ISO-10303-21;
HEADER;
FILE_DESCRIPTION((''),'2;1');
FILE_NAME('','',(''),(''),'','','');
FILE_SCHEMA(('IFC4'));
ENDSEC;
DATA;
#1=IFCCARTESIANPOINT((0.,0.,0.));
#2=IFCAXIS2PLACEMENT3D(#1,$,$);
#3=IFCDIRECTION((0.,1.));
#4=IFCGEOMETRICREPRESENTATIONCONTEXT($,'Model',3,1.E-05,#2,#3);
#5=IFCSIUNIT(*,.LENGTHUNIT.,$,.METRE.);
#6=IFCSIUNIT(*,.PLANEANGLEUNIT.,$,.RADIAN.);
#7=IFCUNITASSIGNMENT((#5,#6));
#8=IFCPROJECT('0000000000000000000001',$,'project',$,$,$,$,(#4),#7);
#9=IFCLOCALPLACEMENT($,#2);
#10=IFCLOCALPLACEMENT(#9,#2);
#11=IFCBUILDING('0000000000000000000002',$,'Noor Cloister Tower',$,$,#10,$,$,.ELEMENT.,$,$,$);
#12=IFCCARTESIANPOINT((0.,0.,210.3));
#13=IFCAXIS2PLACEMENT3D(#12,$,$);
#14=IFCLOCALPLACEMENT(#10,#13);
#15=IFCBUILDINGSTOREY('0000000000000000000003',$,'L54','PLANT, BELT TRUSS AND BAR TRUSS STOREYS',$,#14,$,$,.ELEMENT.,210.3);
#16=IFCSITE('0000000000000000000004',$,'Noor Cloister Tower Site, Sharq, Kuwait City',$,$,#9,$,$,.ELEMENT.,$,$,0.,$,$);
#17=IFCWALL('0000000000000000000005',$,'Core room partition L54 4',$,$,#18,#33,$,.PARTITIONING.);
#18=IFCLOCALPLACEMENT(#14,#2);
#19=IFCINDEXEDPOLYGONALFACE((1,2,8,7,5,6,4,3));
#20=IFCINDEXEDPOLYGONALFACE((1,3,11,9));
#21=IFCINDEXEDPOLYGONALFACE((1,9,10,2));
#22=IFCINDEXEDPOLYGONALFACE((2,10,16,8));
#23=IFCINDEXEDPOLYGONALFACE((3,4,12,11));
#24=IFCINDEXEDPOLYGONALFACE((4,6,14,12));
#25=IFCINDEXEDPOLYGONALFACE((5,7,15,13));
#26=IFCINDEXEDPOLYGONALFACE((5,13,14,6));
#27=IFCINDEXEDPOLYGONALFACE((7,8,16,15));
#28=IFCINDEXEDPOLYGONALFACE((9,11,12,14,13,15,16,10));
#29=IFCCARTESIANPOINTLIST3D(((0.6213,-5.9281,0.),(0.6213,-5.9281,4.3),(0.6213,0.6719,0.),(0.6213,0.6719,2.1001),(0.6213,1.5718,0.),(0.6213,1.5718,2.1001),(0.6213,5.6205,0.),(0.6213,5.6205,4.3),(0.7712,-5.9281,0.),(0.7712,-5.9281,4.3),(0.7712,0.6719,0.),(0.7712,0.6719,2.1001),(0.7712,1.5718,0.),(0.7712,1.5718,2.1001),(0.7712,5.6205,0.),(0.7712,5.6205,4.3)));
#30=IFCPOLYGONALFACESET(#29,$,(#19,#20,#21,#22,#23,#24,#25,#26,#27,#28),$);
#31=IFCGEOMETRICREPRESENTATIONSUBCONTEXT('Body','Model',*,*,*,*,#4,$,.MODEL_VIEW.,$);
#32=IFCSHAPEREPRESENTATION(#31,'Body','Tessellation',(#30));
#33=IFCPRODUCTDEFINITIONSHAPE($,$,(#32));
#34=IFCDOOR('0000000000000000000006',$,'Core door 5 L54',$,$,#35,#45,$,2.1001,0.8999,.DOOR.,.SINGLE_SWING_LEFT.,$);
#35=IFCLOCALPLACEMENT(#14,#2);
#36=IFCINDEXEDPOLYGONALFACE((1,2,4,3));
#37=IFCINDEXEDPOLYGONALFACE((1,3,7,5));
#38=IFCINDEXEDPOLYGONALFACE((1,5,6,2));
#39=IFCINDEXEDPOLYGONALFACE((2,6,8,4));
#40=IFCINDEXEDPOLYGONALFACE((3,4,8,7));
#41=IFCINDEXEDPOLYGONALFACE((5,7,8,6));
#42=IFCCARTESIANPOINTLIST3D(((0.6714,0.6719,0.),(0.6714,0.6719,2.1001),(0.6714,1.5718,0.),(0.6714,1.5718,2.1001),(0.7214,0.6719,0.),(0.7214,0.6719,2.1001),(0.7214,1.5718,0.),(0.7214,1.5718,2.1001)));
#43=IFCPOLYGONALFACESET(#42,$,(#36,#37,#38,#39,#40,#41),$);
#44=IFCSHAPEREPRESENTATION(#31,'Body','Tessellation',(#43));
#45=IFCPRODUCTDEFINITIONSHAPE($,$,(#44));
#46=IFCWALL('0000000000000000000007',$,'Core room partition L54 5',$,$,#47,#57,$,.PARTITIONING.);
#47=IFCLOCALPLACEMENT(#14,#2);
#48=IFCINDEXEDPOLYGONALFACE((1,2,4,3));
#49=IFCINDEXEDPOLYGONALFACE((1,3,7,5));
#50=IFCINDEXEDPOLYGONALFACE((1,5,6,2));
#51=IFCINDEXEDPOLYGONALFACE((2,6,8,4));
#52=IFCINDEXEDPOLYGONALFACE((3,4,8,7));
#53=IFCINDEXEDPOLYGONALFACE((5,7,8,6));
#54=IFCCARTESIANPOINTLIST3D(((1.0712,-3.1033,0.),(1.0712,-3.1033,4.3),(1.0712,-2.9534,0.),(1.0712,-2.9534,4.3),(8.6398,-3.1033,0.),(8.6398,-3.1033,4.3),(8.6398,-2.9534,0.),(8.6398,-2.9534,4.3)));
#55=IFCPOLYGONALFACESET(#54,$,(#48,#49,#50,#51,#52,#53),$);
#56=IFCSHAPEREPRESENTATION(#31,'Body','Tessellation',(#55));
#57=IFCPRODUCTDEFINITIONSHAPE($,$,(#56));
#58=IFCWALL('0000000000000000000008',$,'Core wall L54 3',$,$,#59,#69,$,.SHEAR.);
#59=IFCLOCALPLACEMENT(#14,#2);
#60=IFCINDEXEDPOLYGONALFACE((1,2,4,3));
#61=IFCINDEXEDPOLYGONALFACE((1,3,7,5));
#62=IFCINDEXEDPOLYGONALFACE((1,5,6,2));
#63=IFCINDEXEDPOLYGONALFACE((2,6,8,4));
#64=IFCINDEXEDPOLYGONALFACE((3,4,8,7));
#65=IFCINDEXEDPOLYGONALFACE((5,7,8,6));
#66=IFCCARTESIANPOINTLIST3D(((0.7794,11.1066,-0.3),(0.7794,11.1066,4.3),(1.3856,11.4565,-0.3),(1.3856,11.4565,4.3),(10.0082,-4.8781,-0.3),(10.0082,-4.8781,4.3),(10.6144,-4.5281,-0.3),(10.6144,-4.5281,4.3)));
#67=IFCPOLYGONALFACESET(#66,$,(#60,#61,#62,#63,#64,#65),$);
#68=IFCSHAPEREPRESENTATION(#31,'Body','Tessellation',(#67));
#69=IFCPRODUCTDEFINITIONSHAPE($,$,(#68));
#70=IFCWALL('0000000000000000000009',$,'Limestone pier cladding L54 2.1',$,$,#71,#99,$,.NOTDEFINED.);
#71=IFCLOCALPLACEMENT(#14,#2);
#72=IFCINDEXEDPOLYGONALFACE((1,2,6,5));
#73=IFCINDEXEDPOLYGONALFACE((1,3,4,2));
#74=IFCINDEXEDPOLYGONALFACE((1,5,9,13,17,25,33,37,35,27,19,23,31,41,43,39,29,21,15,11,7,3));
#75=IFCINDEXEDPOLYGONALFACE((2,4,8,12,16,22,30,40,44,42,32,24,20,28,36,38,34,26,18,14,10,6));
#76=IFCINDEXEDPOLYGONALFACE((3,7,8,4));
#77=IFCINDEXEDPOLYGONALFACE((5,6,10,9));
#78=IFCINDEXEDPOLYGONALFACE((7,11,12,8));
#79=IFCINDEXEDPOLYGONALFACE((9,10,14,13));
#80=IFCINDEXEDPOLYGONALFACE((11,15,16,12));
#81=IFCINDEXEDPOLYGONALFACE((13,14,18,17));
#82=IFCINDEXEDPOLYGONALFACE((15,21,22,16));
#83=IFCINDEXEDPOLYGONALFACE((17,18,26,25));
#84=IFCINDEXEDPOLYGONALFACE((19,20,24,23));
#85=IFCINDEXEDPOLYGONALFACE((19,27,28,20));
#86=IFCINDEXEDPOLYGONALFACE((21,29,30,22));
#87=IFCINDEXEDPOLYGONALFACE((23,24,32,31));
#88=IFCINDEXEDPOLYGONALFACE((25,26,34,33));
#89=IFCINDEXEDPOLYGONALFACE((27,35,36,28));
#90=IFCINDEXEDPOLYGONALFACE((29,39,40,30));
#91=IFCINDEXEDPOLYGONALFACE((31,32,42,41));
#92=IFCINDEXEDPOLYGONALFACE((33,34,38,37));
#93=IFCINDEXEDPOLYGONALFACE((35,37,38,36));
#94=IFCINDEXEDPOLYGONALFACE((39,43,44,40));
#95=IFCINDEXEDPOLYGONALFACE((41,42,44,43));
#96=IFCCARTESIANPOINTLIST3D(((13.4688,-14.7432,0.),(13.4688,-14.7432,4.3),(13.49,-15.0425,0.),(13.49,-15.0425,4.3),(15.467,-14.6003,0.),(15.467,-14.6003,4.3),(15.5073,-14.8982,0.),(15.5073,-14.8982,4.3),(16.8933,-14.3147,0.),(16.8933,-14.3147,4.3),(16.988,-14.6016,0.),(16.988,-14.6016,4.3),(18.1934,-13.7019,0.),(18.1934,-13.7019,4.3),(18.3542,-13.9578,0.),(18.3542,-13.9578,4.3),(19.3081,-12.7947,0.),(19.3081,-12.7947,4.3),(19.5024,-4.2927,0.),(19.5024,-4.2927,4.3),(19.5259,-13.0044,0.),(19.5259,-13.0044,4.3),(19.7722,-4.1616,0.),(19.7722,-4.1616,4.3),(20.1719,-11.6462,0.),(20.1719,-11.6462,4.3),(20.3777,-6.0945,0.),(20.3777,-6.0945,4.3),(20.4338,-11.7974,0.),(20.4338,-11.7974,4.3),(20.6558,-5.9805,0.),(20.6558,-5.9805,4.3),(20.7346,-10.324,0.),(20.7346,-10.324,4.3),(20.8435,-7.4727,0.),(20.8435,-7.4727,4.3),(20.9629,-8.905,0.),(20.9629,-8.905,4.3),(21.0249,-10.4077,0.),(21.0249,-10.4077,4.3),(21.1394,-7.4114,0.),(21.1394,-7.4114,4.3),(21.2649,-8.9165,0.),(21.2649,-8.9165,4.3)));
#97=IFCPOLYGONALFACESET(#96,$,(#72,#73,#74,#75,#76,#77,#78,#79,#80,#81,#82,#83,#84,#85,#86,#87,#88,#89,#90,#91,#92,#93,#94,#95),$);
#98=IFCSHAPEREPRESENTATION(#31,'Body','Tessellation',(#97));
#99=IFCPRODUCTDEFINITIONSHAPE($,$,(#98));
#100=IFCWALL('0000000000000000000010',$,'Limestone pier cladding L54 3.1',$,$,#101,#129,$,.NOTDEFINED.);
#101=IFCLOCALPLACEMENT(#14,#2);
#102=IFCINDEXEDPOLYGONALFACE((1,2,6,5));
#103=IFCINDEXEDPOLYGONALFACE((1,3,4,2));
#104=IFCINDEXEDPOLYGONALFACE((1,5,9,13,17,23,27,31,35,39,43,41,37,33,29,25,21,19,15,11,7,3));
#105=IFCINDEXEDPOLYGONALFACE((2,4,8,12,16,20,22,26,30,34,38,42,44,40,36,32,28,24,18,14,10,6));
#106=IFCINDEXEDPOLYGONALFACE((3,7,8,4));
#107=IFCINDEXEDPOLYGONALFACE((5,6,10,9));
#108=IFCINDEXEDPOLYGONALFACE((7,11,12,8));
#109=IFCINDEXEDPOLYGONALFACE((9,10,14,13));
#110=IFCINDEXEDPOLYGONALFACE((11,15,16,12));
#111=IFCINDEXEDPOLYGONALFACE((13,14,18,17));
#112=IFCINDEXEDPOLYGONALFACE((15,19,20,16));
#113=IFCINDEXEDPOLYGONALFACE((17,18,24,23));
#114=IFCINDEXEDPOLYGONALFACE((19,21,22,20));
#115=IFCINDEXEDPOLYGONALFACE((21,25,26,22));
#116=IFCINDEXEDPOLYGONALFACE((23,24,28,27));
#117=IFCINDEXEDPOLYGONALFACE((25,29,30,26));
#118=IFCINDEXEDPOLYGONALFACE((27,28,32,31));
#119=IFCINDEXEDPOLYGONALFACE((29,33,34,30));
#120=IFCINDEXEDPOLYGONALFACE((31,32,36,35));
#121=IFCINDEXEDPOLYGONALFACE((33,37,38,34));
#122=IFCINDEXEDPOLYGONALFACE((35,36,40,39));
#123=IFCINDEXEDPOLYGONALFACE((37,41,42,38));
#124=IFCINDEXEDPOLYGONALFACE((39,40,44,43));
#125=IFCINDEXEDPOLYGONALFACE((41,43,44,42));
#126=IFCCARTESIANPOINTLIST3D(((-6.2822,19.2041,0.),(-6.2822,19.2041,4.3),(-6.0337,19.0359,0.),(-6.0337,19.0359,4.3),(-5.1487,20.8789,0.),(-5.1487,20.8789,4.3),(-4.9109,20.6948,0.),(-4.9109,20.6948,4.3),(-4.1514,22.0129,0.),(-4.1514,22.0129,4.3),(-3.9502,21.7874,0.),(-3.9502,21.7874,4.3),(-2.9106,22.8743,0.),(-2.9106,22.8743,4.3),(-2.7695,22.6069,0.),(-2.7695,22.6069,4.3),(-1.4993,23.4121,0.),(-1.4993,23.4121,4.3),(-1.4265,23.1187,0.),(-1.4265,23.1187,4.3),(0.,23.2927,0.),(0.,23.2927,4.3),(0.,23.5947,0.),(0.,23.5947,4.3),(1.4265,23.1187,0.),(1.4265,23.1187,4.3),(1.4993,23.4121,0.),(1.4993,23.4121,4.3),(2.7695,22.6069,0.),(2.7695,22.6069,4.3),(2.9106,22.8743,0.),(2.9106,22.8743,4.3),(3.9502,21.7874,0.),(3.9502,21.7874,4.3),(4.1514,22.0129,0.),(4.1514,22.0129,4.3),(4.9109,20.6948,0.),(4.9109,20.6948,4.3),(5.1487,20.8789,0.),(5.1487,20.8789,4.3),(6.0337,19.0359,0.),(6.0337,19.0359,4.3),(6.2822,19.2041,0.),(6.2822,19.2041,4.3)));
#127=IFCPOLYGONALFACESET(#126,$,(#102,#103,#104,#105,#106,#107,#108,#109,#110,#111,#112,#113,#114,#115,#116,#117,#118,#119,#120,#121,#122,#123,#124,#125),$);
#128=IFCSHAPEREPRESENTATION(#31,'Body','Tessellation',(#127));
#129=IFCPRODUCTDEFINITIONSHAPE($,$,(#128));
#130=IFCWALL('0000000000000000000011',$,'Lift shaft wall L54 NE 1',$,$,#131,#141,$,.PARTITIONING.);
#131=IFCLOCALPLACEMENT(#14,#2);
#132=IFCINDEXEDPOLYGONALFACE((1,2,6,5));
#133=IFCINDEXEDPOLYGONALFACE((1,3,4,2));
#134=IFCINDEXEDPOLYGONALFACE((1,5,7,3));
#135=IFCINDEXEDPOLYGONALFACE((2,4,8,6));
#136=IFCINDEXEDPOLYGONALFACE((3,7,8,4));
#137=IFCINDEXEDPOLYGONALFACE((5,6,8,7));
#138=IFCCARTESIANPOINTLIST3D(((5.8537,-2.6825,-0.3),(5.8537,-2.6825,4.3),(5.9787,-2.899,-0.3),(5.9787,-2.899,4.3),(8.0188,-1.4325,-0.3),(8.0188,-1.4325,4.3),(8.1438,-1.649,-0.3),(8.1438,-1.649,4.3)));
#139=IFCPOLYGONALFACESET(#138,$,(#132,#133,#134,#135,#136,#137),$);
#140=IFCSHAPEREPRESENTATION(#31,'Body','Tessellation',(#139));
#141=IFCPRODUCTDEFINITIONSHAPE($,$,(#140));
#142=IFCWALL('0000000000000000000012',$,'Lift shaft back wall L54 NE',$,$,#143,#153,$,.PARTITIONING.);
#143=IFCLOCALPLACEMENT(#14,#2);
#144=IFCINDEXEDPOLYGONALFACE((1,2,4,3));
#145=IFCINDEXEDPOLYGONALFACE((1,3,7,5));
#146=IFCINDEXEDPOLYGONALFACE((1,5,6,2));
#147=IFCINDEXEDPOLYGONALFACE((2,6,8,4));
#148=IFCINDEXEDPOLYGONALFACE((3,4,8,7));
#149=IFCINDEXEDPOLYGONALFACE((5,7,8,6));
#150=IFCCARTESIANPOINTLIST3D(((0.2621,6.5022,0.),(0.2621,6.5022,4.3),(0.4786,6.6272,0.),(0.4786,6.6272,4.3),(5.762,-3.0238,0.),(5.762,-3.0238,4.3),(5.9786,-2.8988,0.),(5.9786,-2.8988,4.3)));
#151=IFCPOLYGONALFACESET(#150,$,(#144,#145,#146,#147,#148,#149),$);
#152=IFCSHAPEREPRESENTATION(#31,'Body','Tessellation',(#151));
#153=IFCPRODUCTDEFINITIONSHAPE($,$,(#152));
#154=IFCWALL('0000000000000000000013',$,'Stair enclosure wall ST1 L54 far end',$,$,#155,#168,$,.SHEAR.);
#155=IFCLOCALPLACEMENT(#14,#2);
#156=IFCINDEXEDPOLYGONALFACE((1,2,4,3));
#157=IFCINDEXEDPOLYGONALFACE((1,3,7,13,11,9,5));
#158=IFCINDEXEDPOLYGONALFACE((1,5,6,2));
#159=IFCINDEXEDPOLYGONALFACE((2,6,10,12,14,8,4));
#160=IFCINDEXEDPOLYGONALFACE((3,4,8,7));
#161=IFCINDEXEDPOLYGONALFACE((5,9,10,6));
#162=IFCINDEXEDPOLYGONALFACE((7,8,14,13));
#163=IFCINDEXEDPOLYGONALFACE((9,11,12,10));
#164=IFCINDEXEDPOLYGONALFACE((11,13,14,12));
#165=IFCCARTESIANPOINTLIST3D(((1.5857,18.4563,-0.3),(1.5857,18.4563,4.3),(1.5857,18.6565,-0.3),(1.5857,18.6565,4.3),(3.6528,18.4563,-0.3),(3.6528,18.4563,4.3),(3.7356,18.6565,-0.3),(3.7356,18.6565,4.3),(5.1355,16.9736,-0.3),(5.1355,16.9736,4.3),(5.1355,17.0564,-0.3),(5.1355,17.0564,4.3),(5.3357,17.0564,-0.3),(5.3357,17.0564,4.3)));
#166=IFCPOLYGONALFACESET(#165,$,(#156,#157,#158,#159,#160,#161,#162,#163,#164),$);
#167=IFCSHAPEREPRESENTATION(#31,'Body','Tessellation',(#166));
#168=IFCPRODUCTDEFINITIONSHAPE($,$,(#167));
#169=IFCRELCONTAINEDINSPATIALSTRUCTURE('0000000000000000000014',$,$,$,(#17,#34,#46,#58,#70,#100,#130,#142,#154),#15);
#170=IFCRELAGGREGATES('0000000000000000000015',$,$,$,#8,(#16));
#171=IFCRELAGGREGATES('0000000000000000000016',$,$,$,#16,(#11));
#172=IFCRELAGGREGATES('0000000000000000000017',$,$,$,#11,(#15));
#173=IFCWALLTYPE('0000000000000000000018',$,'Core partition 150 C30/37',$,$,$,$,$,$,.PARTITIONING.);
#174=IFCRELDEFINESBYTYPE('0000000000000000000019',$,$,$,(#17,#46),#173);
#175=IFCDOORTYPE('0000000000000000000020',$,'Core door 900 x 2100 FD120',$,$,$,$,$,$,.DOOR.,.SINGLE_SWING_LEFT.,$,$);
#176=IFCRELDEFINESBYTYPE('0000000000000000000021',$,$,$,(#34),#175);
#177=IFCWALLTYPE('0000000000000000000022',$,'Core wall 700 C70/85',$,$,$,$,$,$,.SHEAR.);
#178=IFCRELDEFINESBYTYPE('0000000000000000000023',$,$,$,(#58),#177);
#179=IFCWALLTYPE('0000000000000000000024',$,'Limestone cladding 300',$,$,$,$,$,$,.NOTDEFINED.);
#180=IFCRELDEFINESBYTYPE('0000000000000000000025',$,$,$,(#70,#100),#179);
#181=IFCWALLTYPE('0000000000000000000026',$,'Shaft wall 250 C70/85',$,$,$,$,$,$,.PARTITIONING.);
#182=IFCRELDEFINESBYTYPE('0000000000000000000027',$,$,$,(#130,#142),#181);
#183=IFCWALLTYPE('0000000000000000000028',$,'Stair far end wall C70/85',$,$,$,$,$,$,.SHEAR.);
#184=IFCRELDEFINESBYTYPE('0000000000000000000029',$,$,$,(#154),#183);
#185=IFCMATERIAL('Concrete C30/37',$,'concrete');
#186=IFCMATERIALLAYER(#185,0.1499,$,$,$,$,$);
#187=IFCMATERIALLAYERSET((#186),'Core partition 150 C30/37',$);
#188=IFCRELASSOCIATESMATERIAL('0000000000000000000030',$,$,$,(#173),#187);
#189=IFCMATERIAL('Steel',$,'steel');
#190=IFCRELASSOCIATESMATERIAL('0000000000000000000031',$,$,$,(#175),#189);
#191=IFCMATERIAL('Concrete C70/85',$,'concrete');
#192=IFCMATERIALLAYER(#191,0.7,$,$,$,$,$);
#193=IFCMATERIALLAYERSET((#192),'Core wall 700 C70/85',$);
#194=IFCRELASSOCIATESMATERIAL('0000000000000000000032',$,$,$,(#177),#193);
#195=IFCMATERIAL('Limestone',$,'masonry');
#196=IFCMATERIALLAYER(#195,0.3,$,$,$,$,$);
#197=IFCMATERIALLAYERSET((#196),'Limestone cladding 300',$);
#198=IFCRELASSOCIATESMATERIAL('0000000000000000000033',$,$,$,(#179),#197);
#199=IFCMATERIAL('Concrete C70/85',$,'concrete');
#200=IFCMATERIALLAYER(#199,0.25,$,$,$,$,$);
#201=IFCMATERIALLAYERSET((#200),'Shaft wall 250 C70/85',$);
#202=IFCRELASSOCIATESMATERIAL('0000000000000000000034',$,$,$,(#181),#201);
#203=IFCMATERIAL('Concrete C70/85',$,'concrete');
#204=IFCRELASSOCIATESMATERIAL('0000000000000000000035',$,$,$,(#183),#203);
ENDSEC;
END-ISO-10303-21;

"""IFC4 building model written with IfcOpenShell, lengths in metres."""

from ifc_helpers import new_model, si_unit, direction, frame, frame_2d, origin, place, context, subcontext, project, spatial, polyline, rectangle, outline, extrude, material, layer, layer_set, type_object, element, fill, save


model = new_model("IFC4")

# Units and contexts
model_context = context("Model", 3, precision=1e-05, world=origin(), true_north=direction((0.0, 1.0)))
body_context = subcontext(model_context, "Body", "Model", "MODEL_VIEW")
ifc_project = project(units=[si_unit("LENGTHUNIT", "METRE"), si_unit("PLANEANGLEUNIT", "RADIAN")], contexts=[model_context])

# Site, building, storey
site_placement = place(None, origin())
site = spatial("IfcSite", under=ifc_project, at=site_placement, Name="Noor Cloister Tower Site, Sharq, Kuwait City", CompositionType="ELEMENT", RefElevation=0.0)
building_placement = place(site_placement, origin())
building = spatial("IfcBuilding", under=site, at=building_placement, Name="Noor Cloister Tower", CompositionType="ELEMENT")
storey_placement = place(building_placement, frame((0.0, 0.0, 210.3)))
storey = spatial("IfcBuildingStorey", under=building, at=storey_placement, Name="L54", Description="PLANT, BELT TRUSS AND BAR TRUSS STOREYS", CompositionType="ELEMENT", Elevation=210.3)

# Wall, opening, door
ifc_material_1 = material(Name="Concrete C30/37", Category="concrete")
ifc_layer_1 = layer(ifc_material_1, 0.1499)
ifc_layer_set_1 = layer_set([ifc_layer_1], Name="Core partition 150 C30/37")
wall_type_1 = type_object("IfcWallType", Name="Core partition 150 C30/37", PredefinedType="PARTITIONING", material=ifc_layer_set_1)
wall_1_placement = place(storey_placement, frame((0.6963, -5.9282, 0.0), z_axis=(0.0, 0.0, 1.0), x_axis=(0.0, 1.0, 0.0)))
wall_1 = element("IfcWall", 1, at=wall_1_placement, inside=storey, type_object=wall_type_1, Name="Core room partition L54 4", PredefinedType="PARTITIONING", context=body_context, shape_type="SweptSolid", body=[
    extrude(rectangle(XDim=11.5486, YDim=0.1499, at=frame_2d((5.7744, 0.0))), origin(), (0.0, 0.0, 1.0), 4.3),
])
opening_placement = place(wall_1_placement, frame((6.6001, 0.0, 0.0)))
opening = element("IfcOpeningElement", 2, at=opening_placement, cuts=wall_1, PredefinedType="OPENING", context=body_context, shape_type="SweptSolid", body=[
    extrude(rectangle(XDim=0.8999, YDim=2.1001, at=frame_2d((0.45, 1.05))), frame((0.0, 0.085, 0.0), z_axis=(0.0, -1.0, 0.0), x_axis=(1.0, 0.0, 0.0)), (0.0, 0.0, 1.0), 0.1699),
])
ifc_material_2 = material(Name="Steel", Category="steel")
door_type = type_object("IfcDoorType", Name="Core door 900 x 2100 FD120", OperationType="SINGLE_SWING_LEFT", PredefinedType="DOOR", material=ifc_material_2)
door_placement = place(opening_placement, origin())
door = element("IfcDoor", 3, at=door_placement, inside=storey, type_object=door_type, Name="Core door 5 L54", OperationType="SINGLE_SWING_LEFT", OverallHeight=2.1001, OverallWidth=0.8999, PredefinedType="DOOR", context=body_context, shape_type="SweptSolid", body=[
    extrude(rectangle(XDim=0.8999, YDim=2.1001, at=frame_2d((0.45, 1.05))), frame((0.0, 0.0249, 0.0), z_axis=(0.0, -1.0, 0.0), x_axis=(1.0, 0.0, 0.0)), (0.0, 0.0, 1.0), 0.05),
])
fill(opening, door)

# Walls
wall_2_placement = place(storey_placement, frame((1.0713, -3.0283, 0.0), z_axis=(0.0, 0.0, 1.0), x_axis=(1.0, 0.0, 0.0)))
element("IfcWall", 4, at=wall_2_placement, inside=storey, type_object=wall_type_1, Name="Core room partition L54 5", PredefinedType="PARTITIONING", context=body_context, shape_type="SweptSolid", body=[
    extrude(rectangle(XDim=7.5686, YDim=0.1499, at=frame_2d((3.7842, 0.0))), origin(), (0.0, 0.0, 1.0), 4.3),
])
ifc_material_3 = material(Name="Concrete C70/85", Category="concrete")
ifc_layer_2 = layer(ifc_material_3, 0.7)
ifc_layer_set_2 = layer_set([ifc_layer_2], Name="Core wall 700 C70/85")
wall_type_2 = type_object("IfcWallType", Name="Core wall 700 C70/85", PredefinedType="SHEAR", material=ifc_layer_set_2)
wall_3_placement = place(storey_placement, frame((10.3113, -4.7031, -0.3), z_axis=(0.0, 0.0, 1.0), x_axis=(-0.500001, 0.866025, 0.0)))
element("IfcWall", 5, at=wall_3_placement, inside=storey, type_object=wall_type_2, Name="Core wall L54 3", PredefinedType="SHEAR", context=body_context, shape_type="SweptSolid", body=[
    extrude(rectangle(XDim=18.4575, YDim=0.7, at=frame_2d((9.2288, 0.0))), origin(), (0.0, 0.0, 1.0), 4.6001),
])
ifc_material_4 = material(Name="Limestone", Category="masonry")
ifc_layer_3 = layer(ifc_material_4, 0.3)
ifc_layer_set_3 = layer_set([ifc_layer_3], Name="Limestone cladding 300")
wall_type_3 = type_object("IfcWallType", Name="Limestone cladding 300", PredefinedType="NOTDEFINED", material=ifc_layer_set_3)
wall_4_placement = place(storey_placement, origin())
element("IfcWall", 6, at=wall_4_placement, inside=storey, type_object=wall_type_3, Name="Limestone pier cladding L54 2.1", PredefinedType="NOTDEFINED", context=body_context, shape_type="SweptSolid", body=[
    extrude(outline(polyline([(13.49, -15.0425), (15.5073, -14.8982), (16.988, -14.6016), (18.3542, -13.9578), (19.5259, -13.0044), (20.4338, -11.7974), (21.0249, -10.4077), (21.2649, -8.9165), (21.1394, -7.4114), (20.6558, -5.9805), (19.7722, -4.1616), (19.5024, -4.2927), (20.3777, -6.0945), (20.8435, -7.4727), (20.9629, -8.905), (20.7346, -10.324), (20.1719, -11.6462), (19.3081, -12.7947), (18.1934, -13.7019), (16.8933, -14.3147), (15.467, -14.6003), (13.4688, -14.7432), (13.49, -15.0425)])), origin(), (0.0, 0.0, 1.0), 4.3),
])
wall_5_placement = place(storey_placement, origin())
element("IfcWall", 7, at=wall_5_placement, inside=storey, type_object=wall_type_3, Name="Limestone pier cladding L54 3.1", PredefinedType="NOTDEFINED", context=body_context, shape_type="SweptSolid", body=[
    extrude(outline(polyline([(6.2822, 19.2041), (5.1487, 20.8789), (4.1514, 22.0129), (2.9106, 22.8743), (1.4993, 23.4121), (0.0, 23.5947), (-1.4993, 23.4121), (-2.9106, 22.8743), (-4.1514, 22.0129), (-5.1487, 20.8789), (-6.2822, 19.2041), (-6.0337, 19.0359), (-4.9109, 20.6948), (-3.9502, 21.7874), (-2.7695, 22.6069), (-1.4265, 23.1187), (0.0, 23.2927), (1.4265, 23.1187), (2.7695, 22.6069), (3.9502, 21.7874), (4.9109, 20.6948), (6.0337, 19.0359), (6.2822, 19.2041)])), origin(), (0.0, 0.0, 1.0), 4.3),
])
ifc_material_5 = material(Name="Concrete C70/85", Category="concrete")
ifc_layer_4 = layer(ifc_material_5, 0.25)
ifc_layer_set_4 = layer_set([ifc_layer_4], Name="Shaft wall 250 C70/85")
wall_type_4 = type_object("IfcWallType", Name="Shaft wall 250 C70/85", PredefinedType="PARTITIONING", material=ifc_layer_set_4)
wall_6_placement = place(storey_placement, frame((8.0813, -1.5408, -0.3), z_axis=(0.0, 0.0, 1.0), x_axis=(-0.866023, -0.500004, 0.0)))
element("IfcWall", 8, at=wall_6_placement, inside=storey, type_object=wall_type_4, Name="Lift shaft wall L54 NE 1", PredefinedType="PARTITIONING", context=body_context, shape_type="SweptSolid", body=[
    extrude(rectangle(XDim=2.5, YDim=0.25, at=frame_2d((1.25, 0.0))), origin(), (0.0, 0.0, 1.0), 4.6001),
])
wall_7_placement = place(storey_placement, frame((5.8704, -2.9614, 0.0), z_axis=(0.0, 0.0, 1.0), x_axis=(-0.500006, 0.866022, 0.0)))
element("IfcWall", 9, at=wall_7_placement, inside=storey, type_object=wall_type_4, Name="Lift shaft back wall L54 NE", PredefinedType="PARTITIONING", context=body_context, shape_type="SweptSolid", body=[
    extrude(rectangle(XDim=10.9998, YDim=0.25, at=frame_2d((5.5, 0.0))), origin(), (0.0, 0.0, 1.0), 4.3),
])
ifc_material_6 = material(Name="Concrete C70/85", Category="concrete")
wall_type_5 = type_object("IfcWallType", Name="Stair far end wall C70/85", PredefinedType="SHEAR", material=ifc_material_6)
wall_8_placement = place(storey_placement, frame((0.0, 0.0, -0.3)))
element("IfcWall", 10, at=wall_8_placement, inside=storey, type_object=wall_type_5, Name="Stair enclosure wall ST1 L54 far end", PredefinedType="SHEAR", context=body_context, shape_type="SweptSolid", body=[
    extrude(outline(polyline([(5.3357, 17.0564), (3.7356, 18.6565), (1.5857, 18.6565), (1.5857, 18.4563), (3.6528, 18.4563), (5.1355, 16.9736), (5.1355, 17.0564), (5.1355, 17.0564), (5.1355, 17.0564), (5.1355, 17.0564), (5.1355, 17.0564), (5.1355, 17.0564), (5.1355, 17.0564), (5.1355, 17.0564), (5.1355, 17.0564), (5.1355, 17.0564), (5.1355, 17.0564), (5.1355, 17.0564), (5.1355, 17.0564), (5.1355, 17.0564), (5.1355, 17.0564), (5.1355, 17.0564), (5.1355, 17.0564), (5.3357, 17.0564)])), origin(), (0.0, 0.0, 1.0), 4.6001),
])

save(model, "model.ifc")
